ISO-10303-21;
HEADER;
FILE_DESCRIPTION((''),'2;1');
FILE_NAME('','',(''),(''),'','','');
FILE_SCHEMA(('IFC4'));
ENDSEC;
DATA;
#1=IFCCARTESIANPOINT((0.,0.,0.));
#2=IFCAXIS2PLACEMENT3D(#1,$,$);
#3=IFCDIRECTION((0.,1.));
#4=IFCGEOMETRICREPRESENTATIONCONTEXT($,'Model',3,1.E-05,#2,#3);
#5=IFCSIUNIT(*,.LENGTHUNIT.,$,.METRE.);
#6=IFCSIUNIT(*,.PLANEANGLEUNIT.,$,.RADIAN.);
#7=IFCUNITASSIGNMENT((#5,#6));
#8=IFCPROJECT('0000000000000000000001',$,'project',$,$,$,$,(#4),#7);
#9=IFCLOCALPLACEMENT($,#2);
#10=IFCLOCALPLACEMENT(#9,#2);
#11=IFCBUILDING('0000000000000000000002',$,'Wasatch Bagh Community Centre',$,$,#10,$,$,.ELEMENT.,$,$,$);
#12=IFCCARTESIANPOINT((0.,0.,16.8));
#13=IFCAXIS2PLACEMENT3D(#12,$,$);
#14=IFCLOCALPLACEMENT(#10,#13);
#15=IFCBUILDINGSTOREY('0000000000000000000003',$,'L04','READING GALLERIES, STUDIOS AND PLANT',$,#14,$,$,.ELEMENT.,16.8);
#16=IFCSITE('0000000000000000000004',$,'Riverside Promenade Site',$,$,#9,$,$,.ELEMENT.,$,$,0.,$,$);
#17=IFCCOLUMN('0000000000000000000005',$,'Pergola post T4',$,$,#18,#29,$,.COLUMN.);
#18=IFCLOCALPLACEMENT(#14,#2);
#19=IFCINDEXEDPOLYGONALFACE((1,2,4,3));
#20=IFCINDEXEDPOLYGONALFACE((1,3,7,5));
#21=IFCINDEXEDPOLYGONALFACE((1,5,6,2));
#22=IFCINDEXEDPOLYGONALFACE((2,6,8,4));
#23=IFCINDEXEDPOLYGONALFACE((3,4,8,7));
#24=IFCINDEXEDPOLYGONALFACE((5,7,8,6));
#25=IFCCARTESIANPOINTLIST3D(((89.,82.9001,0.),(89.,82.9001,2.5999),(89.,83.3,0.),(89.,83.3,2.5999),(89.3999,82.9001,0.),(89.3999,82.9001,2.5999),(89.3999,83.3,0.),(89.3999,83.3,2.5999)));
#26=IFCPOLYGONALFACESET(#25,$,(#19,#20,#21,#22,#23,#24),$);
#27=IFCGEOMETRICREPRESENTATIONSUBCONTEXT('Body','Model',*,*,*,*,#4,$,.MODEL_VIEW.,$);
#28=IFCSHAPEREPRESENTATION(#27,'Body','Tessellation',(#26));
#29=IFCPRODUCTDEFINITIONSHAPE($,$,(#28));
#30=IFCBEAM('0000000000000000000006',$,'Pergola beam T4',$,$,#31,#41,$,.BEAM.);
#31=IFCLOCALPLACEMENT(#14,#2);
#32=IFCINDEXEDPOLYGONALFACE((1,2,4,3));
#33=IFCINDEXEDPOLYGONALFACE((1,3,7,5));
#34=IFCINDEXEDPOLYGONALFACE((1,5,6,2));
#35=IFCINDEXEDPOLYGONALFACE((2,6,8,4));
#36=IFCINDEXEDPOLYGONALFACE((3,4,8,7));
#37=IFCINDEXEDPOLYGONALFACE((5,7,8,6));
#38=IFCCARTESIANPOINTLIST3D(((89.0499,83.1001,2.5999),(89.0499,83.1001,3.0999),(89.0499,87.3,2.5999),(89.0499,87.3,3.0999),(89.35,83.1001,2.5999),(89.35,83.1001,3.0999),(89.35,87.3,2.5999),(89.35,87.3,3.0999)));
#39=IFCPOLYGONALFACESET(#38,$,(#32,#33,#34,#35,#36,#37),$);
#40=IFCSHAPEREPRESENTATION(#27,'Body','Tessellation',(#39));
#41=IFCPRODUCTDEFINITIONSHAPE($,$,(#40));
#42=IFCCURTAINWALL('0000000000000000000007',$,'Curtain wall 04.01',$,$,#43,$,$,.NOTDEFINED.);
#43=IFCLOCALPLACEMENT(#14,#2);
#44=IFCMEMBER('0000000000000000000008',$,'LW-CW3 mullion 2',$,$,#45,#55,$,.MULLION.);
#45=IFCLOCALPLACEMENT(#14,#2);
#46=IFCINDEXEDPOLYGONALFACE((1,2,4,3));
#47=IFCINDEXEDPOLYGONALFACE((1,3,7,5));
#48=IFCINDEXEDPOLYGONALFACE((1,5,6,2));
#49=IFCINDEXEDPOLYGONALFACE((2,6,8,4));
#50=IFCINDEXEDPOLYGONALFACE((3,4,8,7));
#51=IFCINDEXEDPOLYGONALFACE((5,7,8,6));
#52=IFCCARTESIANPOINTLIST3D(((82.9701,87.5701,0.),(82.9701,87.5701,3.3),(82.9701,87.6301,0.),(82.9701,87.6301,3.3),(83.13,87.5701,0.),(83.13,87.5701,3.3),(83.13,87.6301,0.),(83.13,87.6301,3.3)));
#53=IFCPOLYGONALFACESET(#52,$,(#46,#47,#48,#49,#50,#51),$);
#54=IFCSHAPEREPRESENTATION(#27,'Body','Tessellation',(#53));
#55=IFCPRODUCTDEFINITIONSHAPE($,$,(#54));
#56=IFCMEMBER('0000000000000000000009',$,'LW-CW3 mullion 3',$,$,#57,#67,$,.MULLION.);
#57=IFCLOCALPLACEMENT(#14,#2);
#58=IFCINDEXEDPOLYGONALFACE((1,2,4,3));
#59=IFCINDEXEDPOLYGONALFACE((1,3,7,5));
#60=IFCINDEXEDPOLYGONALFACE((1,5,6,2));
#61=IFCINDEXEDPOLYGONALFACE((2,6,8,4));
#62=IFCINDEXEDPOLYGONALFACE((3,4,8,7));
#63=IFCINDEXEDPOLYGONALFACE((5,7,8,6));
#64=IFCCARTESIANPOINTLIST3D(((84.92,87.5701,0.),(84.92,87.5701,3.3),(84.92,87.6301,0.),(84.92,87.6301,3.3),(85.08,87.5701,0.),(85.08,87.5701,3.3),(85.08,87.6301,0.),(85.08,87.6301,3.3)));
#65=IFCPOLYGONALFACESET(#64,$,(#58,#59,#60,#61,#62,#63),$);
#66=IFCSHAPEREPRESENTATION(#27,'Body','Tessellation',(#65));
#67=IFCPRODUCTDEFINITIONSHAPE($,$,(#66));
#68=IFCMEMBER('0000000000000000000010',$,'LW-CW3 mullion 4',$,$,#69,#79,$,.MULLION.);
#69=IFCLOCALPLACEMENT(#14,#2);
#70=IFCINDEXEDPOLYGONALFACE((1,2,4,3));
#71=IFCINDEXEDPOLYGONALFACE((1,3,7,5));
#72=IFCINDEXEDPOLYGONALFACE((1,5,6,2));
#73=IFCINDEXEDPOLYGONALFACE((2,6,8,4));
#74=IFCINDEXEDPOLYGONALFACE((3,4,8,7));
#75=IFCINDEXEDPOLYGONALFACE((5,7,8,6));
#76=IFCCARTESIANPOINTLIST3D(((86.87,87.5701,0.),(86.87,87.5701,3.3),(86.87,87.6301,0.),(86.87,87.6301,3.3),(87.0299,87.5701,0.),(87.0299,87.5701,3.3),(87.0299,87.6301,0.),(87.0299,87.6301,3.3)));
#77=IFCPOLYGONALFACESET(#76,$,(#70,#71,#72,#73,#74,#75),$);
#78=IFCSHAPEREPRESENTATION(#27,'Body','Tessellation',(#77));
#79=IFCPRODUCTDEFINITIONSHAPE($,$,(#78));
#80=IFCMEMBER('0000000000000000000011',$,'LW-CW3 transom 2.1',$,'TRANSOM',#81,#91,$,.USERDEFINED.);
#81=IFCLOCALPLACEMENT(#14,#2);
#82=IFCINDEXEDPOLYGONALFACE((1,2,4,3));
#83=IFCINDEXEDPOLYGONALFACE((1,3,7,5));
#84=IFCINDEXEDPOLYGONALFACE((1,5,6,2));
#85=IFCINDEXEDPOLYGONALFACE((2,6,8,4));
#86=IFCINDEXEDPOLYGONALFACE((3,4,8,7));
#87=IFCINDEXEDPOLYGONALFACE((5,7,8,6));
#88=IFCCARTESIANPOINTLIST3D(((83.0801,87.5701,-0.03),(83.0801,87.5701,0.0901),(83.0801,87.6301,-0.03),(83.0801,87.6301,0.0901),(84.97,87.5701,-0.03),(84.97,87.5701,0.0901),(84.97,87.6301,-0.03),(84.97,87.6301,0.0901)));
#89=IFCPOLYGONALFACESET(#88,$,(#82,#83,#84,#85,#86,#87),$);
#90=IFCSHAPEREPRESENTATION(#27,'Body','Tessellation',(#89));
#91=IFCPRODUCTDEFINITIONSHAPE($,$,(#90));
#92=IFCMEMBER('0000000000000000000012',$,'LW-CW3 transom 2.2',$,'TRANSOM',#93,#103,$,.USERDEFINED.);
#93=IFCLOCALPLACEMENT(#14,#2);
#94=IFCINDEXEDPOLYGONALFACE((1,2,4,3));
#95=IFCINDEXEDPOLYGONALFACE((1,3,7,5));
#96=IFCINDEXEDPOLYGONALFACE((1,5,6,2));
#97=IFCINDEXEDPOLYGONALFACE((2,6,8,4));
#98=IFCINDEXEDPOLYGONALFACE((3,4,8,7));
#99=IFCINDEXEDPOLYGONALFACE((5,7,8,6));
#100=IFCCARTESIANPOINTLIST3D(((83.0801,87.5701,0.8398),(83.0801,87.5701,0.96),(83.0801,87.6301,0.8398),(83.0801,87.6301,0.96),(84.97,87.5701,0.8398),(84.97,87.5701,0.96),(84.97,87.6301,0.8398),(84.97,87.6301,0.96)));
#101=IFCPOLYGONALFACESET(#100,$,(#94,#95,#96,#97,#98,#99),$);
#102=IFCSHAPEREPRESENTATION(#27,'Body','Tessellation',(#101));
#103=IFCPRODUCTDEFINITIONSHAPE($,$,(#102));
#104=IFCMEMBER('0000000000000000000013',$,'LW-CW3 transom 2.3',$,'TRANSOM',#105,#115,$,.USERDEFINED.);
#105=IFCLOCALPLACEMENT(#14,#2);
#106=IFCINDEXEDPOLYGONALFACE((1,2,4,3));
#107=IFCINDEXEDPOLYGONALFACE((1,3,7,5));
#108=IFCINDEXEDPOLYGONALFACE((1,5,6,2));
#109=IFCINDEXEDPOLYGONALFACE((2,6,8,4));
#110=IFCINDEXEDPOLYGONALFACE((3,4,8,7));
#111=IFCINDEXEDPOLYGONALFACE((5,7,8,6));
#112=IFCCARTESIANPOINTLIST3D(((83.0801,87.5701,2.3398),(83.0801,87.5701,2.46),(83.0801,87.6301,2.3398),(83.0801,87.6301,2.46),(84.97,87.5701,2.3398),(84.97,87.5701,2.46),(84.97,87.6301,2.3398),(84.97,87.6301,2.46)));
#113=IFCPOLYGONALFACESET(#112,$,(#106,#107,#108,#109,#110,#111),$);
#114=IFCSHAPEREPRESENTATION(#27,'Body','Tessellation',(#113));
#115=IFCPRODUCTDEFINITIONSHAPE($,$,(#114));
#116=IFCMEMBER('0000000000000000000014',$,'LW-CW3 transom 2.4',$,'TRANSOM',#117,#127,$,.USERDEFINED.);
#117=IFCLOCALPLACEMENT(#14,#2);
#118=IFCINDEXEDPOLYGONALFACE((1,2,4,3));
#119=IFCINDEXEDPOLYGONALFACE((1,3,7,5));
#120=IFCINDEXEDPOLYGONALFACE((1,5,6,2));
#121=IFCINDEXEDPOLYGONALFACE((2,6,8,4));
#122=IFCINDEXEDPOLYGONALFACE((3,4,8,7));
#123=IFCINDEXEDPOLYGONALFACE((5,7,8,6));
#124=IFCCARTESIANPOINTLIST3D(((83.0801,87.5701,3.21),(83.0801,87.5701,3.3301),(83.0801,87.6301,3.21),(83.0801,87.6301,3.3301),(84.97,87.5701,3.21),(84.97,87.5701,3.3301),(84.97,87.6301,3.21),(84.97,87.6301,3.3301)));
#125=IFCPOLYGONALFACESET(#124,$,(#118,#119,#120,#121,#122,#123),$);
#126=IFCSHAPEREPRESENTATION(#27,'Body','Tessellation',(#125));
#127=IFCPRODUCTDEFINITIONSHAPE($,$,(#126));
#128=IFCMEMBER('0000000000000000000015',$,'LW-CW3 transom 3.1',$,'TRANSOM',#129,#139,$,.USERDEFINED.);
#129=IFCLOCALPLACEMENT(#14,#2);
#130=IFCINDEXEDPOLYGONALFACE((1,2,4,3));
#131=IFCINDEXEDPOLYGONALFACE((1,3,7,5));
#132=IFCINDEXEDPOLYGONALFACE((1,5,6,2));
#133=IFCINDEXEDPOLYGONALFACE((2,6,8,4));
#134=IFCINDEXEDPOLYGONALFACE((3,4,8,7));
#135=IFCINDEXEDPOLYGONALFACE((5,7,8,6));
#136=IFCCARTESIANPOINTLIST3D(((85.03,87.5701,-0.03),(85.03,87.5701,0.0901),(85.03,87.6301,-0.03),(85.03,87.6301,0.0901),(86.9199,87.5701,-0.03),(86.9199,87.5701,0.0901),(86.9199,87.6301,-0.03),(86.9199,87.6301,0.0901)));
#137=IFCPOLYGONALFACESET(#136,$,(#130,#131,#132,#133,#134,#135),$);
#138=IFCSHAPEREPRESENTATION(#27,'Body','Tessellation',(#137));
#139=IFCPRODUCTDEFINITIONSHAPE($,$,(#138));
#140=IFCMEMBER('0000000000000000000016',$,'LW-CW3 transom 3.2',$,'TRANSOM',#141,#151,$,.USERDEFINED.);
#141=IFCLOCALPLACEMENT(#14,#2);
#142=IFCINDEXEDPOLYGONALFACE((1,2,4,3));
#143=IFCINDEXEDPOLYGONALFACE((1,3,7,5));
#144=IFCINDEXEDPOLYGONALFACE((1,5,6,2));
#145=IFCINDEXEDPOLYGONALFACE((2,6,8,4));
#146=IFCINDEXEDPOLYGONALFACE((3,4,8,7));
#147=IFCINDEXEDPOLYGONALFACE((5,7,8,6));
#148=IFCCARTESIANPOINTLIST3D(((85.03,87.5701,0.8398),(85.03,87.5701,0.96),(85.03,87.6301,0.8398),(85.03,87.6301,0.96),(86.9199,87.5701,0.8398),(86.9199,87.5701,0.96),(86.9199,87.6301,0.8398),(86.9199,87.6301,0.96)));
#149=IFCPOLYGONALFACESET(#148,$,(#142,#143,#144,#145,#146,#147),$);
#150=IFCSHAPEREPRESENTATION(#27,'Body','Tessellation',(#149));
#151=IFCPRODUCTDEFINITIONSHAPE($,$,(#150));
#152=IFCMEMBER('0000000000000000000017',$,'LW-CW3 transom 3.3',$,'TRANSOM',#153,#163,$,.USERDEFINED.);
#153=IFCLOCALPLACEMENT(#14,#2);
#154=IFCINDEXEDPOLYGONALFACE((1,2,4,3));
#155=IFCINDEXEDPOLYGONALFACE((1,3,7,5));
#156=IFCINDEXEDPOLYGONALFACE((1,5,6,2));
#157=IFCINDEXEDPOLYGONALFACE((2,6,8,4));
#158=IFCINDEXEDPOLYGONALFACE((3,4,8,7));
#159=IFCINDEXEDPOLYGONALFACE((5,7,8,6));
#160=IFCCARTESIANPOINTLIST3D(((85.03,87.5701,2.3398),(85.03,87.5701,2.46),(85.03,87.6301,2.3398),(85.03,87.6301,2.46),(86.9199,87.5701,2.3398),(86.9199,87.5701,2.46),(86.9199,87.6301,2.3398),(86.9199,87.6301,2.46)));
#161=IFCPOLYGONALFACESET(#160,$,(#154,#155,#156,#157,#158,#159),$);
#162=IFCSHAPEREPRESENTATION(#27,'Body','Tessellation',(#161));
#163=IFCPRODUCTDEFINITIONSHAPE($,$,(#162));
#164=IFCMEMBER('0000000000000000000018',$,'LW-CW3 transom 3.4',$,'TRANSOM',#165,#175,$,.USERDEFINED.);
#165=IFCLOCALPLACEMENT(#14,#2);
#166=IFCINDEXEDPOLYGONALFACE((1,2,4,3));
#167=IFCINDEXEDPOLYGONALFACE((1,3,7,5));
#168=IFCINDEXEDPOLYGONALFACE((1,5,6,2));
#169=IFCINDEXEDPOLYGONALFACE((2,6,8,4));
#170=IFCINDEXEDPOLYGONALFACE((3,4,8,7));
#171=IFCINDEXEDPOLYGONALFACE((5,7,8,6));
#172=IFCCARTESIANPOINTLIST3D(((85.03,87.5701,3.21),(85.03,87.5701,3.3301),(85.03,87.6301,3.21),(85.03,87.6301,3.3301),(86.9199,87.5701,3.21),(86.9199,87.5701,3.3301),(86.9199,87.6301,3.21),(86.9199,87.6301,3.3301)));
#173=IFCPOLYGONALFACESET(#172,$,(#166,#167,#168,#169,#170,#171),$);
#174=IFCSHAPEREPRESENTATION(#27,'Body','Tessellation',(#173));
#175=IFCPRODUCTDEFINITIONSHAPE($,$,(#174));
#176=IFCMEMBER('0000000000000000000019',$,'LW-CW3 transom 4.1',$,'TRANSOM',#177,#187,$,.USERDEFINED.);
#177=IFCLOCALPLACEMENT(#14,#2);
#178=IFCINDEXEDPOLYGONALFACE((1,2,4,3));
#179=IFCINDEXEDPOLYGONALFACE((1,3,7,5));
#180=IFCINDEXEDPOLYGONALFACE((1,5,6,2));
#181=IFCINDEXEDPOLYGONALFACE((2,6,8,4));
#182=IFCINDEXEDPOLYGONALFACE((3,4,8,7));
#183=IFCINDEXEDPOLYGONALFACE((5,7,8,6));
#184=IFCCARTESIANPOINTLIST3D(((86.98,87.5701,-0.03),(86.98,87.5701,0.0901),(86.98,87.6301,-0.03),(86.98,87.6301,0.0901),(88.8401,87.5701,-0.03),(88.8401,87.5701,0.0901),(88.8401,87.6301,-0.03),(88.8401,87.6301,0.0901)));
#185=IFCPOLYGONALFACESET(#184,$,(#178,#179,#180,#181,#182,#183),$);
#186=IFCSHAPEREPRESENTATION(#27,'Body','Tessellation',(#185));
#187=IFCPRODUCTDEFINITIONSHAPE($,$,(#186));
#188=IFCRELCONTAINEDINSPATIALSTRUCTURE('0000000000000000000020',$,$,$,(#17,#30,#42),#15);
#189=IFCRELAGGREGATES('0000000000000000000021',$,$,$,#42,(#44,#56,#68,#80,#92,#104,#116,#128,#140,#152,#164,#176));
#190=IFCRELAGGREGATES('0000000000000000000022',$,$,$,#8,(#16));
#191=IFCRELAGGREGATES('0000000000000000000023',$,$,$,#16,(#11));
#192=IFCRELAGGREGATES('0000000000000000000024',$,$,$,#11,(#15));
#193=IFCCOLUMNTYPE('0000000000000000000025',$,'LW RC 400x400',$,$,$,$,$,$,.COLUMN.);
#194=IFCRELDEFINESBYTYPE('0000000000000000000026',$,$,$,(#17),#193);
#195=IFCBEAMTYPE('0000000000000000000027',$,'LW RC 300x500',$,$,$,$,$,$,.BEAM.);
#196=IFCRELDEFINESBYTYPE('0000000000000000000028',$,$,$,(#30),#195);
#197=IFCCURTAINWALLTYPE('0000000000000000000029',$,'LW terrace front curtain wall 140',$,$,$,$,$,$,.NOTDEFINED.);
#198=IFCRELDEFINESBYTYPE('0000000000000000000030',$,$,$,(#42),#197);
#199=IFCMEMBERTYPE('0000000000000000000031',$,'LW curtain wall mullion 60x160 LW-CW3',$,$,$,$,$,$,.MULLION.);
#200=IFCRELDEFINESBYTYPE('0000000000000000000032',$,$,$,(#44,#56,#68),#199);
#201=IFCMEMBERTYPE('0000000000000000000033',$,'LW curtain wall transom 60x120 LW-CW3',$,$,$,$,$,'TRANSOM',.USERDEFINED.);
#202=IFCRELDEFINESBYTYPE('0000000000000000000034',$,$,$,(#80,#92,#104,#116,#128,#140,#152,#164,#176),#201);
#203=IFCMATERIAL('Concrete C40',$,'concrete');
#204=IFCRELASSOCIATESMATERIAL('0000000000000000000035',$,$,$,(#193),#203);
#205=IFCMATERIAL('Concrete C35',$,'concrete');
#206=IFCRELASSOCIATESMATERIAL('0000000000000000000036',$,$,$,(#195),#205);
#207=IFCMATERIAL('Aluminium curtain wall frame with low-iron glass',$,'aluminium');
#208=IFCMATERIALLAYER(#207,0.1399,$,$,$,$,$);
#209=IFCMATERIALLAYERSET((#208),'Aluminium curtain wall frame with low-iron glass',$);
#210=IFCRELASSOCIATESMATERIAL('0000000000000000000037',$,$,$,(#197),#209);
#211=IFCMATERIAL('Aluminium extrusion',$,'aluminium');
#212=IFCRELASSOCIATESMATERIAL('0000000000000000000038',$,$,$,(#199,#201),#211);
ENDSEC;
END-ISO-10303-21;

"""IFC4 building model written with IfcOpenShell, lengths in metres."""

from ifc_helpers import new_model, si_unit, direction, frame, origin, origin_2d, place, context, subcontext, project, spatial, rectangle, extrude, material, layer, layer_set, material_profile, profile_set, type_object, element, aggregate, save


model = new_model("IFC4")

# Units and contexts
model_context = context("Model", 3, precision=1e-05, world=origin(), true_north=direction((0.0, 1.0)))
body_context = subcontext(model_context, "Body", "Model", "MODEL_VIEW")
ifc_project = project(units=[si_unit("LENGTHUNIT", "METRE"), si_unit("PLANEANGLEUNIT", "RADIAN")], contexts=[model_context])

# Site, building, storey
site_placement = place(None, origin())
site = spatial("IfcSite", under=ifc_project, at=site_placement, Name="Riverside Promenade Site", CompositionType="ELEMENT", RefElevation=0.0)
building_placement = place(site_placement, origin())
building = spatial("IfcBuilding", under=site, at=building_placement, Name="Wasatch Bagh Community Centre", CompositionType="ELEMENT")
storey_placement = place(building_placement, frame((0.0, 0.0, 16.8)))
storey = spatial("IfcBuildingStorey", under=building, at=storey_placement, Name="L04", Description="READING GALLERIES, STUDIOS AND PLANT", CompositionType="ELEMENT", Elevation=16.8)

# Column
ifc_material_1 = material(Name="Concrete C40", Category="concrete")
ifc_material_profile_1 = material_profile(ifc_material_1, rectangle(XDim=0.3999, YDim=0.3999, at=origin_2d()), Name="RC 400x400")
ifc_profile_set_1 = profile_set([ifc_material_profile_1], Name="Concrete C40")
column_type = type_object("IfcColumnType", Name="LW RC 400x400", PredefinedType="COLUMN", material=ifc_profile_set_1)
column_placement = place(storey_placement, frame((89.2, 83.1001, 0.0), z_axis=(0.0, 0.0, 1.0), x_axis=(1.0, 0.0, 0.0)))
element("IfcColumn", 1, at=column_placement, inside=storey, type_object=column_type, Name="Pergola post T4", PredefinedType="COLUMN", context=body_context, shape_type="SweptSolid", body=[
    extrude(rectangle(XDim=0.3999, YDim=0.3999, at=origin_2d()), origin(), (0.0, 0.0, 1.0), 2.5999),
])

# Beam
ifc_material_2 = material(Name="Concrete C35", Category="concrete")
ifc_material_profile_2 = material_profile(ifc_material_2, rectangle(XDim=0.3, YDim=0.5, at=origin_2d()), Name="RC 300x500")
ifc_profile_set_2 = profile_set([ifc_material_profile_2], Name="Concrete C35")
beam_type = type_object("IfcBeamType", Name="LW RC 300x500", PredefinedType="BEAM", material=ifc_profile_set_2)
beam_placement = place(storey_placement, frame((89.2, 87.3, 2.8499), z_axis=(0.0, -1.0, 0.0), x_axis=(1.0, 0.0, 0.0)))
element("IfcBeam", 2, at=beam_placement, inside=storey, type_object=beam_type, Name="Pergola beam T4", PredefinedType="BEAM", context=body_context, shape_type="SweptSolid", body=[
    extrude(rectangle(XDim=0.3, YDim=0.5, at=origin_2d()), origin(), (0.0, 0.0, 1.0), 4.2),
])

# Curtain wall, members
ifc_material_3 = material(Name="Aluminium curtain wall frame with low-iron glass", Category="aluminium")
ifc_layer_1 = layer(ifc_material_3, 0.1399)
ifc_layer_set_1 = layer_set([ifc_layer_1], Name="Aluminium curtain wall frame with low-iron glass")
curtain_wall_type = type_object("IfcCurtainWallType", Name="LW terrace front curtain wall 140", PredefinedType="NOTDEFINED", material=ifc_layer_set_1)
curtain_wall_placement = place(storey_placement, origin())
curtain_wall = element("IfcCurtainWall", 3, at=curtain_wall_placement, inside=storey, type_object=curtain_wall_type, Name="Curtain wall 04.01", PredefinedType="NOTDEFINED")
ifc_material_4 = material(Name="Aluminium extrusion", Category="aluminium")
ifc_material_profile_3 = material_profile(ifc_material_4, rectangle(XDim=0.0601, YDim=0.1599, at=origin_2d()), Name="AL 60x160")
ifc_profile_set_3 = profile_set([ifc_material_profile_3], Name="Aluminium extrusion")
member_type_1 = type_object("IfcMemberType", Name="LW curtain wall mullion 60x160 LW-CW3", PredefinedType="MULLION", material=ifc_profile_set_3)
member_1_placement = place(storey_placement, frame((83.05, 87.6001, 0.0), z_axis=(0.0, 0.0, 1.0), x_axis=(0.0, 1.0, 0.0)))
member_1 = element("IfcMember", 4, at=member_1_placement, type_object=member_type_1, Name="LW-CW3 mullion 2", PredefinedType="MULLION", context=body_context, shape_type="SweptSolid", body=[
    extrude(rectangle(XDim=0.0601, YDim=0.1599, at=origin_2d()), origin(), (0.0, 0.0, 1.0), 3.3),
])
member_2_placement = place(storey_placement, frame((85.0, 87.6001, 0.0), z_axis=(0.0, 0.0, 1.0), x_axis=(0.0, 1.0, 0.0)))
member_2 = element("IfcMember", 5, at=member_2_placement, type_object=member_type_1, Name="LW-CW3 mullion 3", PredefinedType="MULLION", context=body_context, shape_type="SweptSolid", body=[
    extrude(rectangle(XDim=0.0601, YDim=0.1599, at=origin_2d()), origin(), (0.0, 0.0, 1.0), 3.3),
])
member_3_placement = place(storey_placement, frame((86.95, 87.6001, 0.0), z_axis=(0.0, 0.0, 1.0), x_axis=(0.0, 1.0, 0.0)))
member_3 = element("IfcMember", 6, at=member_3_placement, type_object=member_type_1, Name="LW-CW3 mullion 4", PredefinedType="MULLION", context=body_context, shape_type="SweptSolid", body=[
    extrude(rectangle(XDim=0.0601, YDim=0.1599, at=origin_2d()), origin(), (0.0, 0.0, 1.0), 3.3),
])
ifc_material_profile_4 = material_profile(ifc_material_4, rectangle(XDim=0.0601, YDim=0.1201, at=origin_2d()), Name="AL 60x120")
ifc_profile_set_4 = profile_set([ifc_material_profile_4], Name="Aluminium extrusion")
member_type_2 = type_object("IfcMemberType", Name="LW curtain wall transom 60x120 LW-CW3", ElementType="TRANSOM", PredefinedType="USERDEFINED", material=ifc_profile_set_4)
member_4_placement = place(storey_placement, frame((83.0801, 87.6001, 0.03), z_axis=(1.0, 0.0, 0.0), x_axis=(0.0, 1.0, 0.0)))
member_4 = element("IfcMember", 7, at=member_4_placement, type_object=member_type_2, Name="LW-CW3 transom 2.1", ObjectType="TRANSOM", PredefinedType="USERDEFINED", context=body_context, shape_type="SweptSolid", body=[
    extrude(rectangle(XDim=0.0601, YDim=0.1201, at=origin_2d()), origin(), (0.0, 0.0, 1.0), 1.8899),
])
member_5_placement = place(storey_placement, frame((83.0801, 87.6001, 0.8999), z_axis=(1.0, 0.0, 0.0), x_axis=(0.0, 1.0, 0.0)))
member_5 = element("IfcMember", 8, at=member_5_placement, type_object=member_type_2, Name="LW-CW3 transom 2.2", ObjectType="TRANSOM", PredefinedType="USERDEFINED", context=body_context, shape_type="SweptSolid", body=[
    extrude(rectangle(XDim=0.0601, YDim=0.1201, at=origin_2d()), origin(), (0.0, 0.0, 1.0), 1.8899),
])
member_6_placement = place(storey_placement, frame((83.0801, 87.6001, 2.3999), z_axis=(1.0, 0.0, 0.0), x_axis=(0.0, 1.0, 0.0)))
member_6 = element("IfcMember", 9, at=member_6_placement, type_object=member_type_2, Name="LW-CW3 transom 2.3", ObjectType="TRANSOM", PredefinedType="USERDEFINED", context=body_context, shape_type="SweptSolid", body=[
    extrude(rectangle(XDim=0.0601, YDim=0.1201, at=origin_2d()), origin(), (0.0, 0.0, 1.0), 1.8899),
])
member_7_placement = place(storey_placement, frame((83.0801, 87.6001, 3.27), z_axis=(1.0, 0.0, 0.0), x_axis=(0.0, 1.0, 0.0)))
member_7 = element("IfcMember", 10, at=member_7_placement, type_object=member_type_2, Name="LW-CW3 transom 2.4", ObjectType="TRANSOM", PredefinedType="USERDEFINED", context=body_context, shape_type="SweptSolid", body=[
    extrude(rectangle(XDim=0.0601, YDim=0.1201, at=origin_2d()), origin(), (0.0, 0.0, 1.0), 1.8899),
])
member_8_placement = place(storey_placement, frame((85.03, 87.6001, 0.03), z_axis=(1.0, 0.0, 0.0), x_axis=(0.0, 1.0, 0.0)))
member_8 = element("IfcMember", 11, at=member_8_placement, type_object=member_type_2, Name="LW-CW3 transom 3.1", ObjectType="TRANSOM", PredefinedType="USERDEFINED", context=body_context, shape_type="SweptSolid", body=[
    extrude(rectangle(XDim=0.0601, YDim=0.1201, at=origin_2d()), origin(), (0.0, 0.0, 1.0), 1.8899),
])
member_9_placement = place(storey_placement, frame((85.03, 87.6001, 0.8999), z_axis=(1.0, 0.0, 0.0), x_axis=(0.0, 1.0, 0.0)))
member_9 = element("IfcMember", 12, at=member_9_placement, type_object=member_type_2, Name="LW-CW3 transom 3.2", ObjectType="TRANSOM", PredefinedType="USERDEFINED", context=body_context, shape_type="SweptSolid", body=[
    extrude(rectangle(XDim=0.0601, YDim=0.1201, at=origin_2d()), origin(), (0.0, 0.0, 1.0), 1.8899),
])
member_10_placement = place(storey_placement, frame((85.03, 87.6001, 2.3999), z_axis=(1.0, 0.0, 0.0), x_axis=(0.0, 1.0, 0.0)))
member_10 = element("IfcMember", 13, at=member_10_placement, type_object=member_type_2, Name="LW-CW3 transom 3.3", ObjectType="TRANSOM", PredefinedType="USERDEFINED", context=body_context, shape_type="SweptSolid", body=[
    extrude(rectangle(XDim=0.0601, YDim=0.1201, at=origin_2d()), origin(), (0.0, 0.0, 1.0), 1.8899),
])
member_11_placement = place(storey_placement, frame((85.03, 87.6001, 3.27), z_axis=(1.0, 0.0, 0.0), x_axis=(0.0, 1.0, 0.0)))
member_11 = element("IfcMember", 14, at=member_11_placement, type_object=member_type_2, Name="LW-CW3 transom 3.4", ObjectType="TRANSOM", PredefinedType="USERDEFINED", context=body_context, shape_type="SweptSolid", body=[
    extrude(rectangle(XDim=0.0601, YDim=0.1201, at=origin_2d()), origin(), (0.0, 0.0, 1.0), 1.8899),
])
member_12_placement = place(storey_placement, frame((86.98, 87.6001, 0.03), z_axis=(1.0, 0.0, 0.0), x_axis=(0.0, 1.0, 0.0)))
member_12 = element("IfcMember", 15, at=member_12_placement, type_object=member_type_2, Name="LW-CW3 transom 4.1", ObjectType="TRANSOM", PredefinedType="USERDEFINED", context=body_context, shape_type="SweptSolid", body=[
    extrude(rectangle(XDim=0.0601, YDim=0.1201, at=origin_2d()), origin(), (0.0, 0.0, 1.0), 1.8601),
])

aggregate(curtain_wall, [member_1, member_2, member_3, member_4, member_5, member_6, member_7, member_8, member_9, member_10, member_11, member_12])

save(model, "model.ifc")
